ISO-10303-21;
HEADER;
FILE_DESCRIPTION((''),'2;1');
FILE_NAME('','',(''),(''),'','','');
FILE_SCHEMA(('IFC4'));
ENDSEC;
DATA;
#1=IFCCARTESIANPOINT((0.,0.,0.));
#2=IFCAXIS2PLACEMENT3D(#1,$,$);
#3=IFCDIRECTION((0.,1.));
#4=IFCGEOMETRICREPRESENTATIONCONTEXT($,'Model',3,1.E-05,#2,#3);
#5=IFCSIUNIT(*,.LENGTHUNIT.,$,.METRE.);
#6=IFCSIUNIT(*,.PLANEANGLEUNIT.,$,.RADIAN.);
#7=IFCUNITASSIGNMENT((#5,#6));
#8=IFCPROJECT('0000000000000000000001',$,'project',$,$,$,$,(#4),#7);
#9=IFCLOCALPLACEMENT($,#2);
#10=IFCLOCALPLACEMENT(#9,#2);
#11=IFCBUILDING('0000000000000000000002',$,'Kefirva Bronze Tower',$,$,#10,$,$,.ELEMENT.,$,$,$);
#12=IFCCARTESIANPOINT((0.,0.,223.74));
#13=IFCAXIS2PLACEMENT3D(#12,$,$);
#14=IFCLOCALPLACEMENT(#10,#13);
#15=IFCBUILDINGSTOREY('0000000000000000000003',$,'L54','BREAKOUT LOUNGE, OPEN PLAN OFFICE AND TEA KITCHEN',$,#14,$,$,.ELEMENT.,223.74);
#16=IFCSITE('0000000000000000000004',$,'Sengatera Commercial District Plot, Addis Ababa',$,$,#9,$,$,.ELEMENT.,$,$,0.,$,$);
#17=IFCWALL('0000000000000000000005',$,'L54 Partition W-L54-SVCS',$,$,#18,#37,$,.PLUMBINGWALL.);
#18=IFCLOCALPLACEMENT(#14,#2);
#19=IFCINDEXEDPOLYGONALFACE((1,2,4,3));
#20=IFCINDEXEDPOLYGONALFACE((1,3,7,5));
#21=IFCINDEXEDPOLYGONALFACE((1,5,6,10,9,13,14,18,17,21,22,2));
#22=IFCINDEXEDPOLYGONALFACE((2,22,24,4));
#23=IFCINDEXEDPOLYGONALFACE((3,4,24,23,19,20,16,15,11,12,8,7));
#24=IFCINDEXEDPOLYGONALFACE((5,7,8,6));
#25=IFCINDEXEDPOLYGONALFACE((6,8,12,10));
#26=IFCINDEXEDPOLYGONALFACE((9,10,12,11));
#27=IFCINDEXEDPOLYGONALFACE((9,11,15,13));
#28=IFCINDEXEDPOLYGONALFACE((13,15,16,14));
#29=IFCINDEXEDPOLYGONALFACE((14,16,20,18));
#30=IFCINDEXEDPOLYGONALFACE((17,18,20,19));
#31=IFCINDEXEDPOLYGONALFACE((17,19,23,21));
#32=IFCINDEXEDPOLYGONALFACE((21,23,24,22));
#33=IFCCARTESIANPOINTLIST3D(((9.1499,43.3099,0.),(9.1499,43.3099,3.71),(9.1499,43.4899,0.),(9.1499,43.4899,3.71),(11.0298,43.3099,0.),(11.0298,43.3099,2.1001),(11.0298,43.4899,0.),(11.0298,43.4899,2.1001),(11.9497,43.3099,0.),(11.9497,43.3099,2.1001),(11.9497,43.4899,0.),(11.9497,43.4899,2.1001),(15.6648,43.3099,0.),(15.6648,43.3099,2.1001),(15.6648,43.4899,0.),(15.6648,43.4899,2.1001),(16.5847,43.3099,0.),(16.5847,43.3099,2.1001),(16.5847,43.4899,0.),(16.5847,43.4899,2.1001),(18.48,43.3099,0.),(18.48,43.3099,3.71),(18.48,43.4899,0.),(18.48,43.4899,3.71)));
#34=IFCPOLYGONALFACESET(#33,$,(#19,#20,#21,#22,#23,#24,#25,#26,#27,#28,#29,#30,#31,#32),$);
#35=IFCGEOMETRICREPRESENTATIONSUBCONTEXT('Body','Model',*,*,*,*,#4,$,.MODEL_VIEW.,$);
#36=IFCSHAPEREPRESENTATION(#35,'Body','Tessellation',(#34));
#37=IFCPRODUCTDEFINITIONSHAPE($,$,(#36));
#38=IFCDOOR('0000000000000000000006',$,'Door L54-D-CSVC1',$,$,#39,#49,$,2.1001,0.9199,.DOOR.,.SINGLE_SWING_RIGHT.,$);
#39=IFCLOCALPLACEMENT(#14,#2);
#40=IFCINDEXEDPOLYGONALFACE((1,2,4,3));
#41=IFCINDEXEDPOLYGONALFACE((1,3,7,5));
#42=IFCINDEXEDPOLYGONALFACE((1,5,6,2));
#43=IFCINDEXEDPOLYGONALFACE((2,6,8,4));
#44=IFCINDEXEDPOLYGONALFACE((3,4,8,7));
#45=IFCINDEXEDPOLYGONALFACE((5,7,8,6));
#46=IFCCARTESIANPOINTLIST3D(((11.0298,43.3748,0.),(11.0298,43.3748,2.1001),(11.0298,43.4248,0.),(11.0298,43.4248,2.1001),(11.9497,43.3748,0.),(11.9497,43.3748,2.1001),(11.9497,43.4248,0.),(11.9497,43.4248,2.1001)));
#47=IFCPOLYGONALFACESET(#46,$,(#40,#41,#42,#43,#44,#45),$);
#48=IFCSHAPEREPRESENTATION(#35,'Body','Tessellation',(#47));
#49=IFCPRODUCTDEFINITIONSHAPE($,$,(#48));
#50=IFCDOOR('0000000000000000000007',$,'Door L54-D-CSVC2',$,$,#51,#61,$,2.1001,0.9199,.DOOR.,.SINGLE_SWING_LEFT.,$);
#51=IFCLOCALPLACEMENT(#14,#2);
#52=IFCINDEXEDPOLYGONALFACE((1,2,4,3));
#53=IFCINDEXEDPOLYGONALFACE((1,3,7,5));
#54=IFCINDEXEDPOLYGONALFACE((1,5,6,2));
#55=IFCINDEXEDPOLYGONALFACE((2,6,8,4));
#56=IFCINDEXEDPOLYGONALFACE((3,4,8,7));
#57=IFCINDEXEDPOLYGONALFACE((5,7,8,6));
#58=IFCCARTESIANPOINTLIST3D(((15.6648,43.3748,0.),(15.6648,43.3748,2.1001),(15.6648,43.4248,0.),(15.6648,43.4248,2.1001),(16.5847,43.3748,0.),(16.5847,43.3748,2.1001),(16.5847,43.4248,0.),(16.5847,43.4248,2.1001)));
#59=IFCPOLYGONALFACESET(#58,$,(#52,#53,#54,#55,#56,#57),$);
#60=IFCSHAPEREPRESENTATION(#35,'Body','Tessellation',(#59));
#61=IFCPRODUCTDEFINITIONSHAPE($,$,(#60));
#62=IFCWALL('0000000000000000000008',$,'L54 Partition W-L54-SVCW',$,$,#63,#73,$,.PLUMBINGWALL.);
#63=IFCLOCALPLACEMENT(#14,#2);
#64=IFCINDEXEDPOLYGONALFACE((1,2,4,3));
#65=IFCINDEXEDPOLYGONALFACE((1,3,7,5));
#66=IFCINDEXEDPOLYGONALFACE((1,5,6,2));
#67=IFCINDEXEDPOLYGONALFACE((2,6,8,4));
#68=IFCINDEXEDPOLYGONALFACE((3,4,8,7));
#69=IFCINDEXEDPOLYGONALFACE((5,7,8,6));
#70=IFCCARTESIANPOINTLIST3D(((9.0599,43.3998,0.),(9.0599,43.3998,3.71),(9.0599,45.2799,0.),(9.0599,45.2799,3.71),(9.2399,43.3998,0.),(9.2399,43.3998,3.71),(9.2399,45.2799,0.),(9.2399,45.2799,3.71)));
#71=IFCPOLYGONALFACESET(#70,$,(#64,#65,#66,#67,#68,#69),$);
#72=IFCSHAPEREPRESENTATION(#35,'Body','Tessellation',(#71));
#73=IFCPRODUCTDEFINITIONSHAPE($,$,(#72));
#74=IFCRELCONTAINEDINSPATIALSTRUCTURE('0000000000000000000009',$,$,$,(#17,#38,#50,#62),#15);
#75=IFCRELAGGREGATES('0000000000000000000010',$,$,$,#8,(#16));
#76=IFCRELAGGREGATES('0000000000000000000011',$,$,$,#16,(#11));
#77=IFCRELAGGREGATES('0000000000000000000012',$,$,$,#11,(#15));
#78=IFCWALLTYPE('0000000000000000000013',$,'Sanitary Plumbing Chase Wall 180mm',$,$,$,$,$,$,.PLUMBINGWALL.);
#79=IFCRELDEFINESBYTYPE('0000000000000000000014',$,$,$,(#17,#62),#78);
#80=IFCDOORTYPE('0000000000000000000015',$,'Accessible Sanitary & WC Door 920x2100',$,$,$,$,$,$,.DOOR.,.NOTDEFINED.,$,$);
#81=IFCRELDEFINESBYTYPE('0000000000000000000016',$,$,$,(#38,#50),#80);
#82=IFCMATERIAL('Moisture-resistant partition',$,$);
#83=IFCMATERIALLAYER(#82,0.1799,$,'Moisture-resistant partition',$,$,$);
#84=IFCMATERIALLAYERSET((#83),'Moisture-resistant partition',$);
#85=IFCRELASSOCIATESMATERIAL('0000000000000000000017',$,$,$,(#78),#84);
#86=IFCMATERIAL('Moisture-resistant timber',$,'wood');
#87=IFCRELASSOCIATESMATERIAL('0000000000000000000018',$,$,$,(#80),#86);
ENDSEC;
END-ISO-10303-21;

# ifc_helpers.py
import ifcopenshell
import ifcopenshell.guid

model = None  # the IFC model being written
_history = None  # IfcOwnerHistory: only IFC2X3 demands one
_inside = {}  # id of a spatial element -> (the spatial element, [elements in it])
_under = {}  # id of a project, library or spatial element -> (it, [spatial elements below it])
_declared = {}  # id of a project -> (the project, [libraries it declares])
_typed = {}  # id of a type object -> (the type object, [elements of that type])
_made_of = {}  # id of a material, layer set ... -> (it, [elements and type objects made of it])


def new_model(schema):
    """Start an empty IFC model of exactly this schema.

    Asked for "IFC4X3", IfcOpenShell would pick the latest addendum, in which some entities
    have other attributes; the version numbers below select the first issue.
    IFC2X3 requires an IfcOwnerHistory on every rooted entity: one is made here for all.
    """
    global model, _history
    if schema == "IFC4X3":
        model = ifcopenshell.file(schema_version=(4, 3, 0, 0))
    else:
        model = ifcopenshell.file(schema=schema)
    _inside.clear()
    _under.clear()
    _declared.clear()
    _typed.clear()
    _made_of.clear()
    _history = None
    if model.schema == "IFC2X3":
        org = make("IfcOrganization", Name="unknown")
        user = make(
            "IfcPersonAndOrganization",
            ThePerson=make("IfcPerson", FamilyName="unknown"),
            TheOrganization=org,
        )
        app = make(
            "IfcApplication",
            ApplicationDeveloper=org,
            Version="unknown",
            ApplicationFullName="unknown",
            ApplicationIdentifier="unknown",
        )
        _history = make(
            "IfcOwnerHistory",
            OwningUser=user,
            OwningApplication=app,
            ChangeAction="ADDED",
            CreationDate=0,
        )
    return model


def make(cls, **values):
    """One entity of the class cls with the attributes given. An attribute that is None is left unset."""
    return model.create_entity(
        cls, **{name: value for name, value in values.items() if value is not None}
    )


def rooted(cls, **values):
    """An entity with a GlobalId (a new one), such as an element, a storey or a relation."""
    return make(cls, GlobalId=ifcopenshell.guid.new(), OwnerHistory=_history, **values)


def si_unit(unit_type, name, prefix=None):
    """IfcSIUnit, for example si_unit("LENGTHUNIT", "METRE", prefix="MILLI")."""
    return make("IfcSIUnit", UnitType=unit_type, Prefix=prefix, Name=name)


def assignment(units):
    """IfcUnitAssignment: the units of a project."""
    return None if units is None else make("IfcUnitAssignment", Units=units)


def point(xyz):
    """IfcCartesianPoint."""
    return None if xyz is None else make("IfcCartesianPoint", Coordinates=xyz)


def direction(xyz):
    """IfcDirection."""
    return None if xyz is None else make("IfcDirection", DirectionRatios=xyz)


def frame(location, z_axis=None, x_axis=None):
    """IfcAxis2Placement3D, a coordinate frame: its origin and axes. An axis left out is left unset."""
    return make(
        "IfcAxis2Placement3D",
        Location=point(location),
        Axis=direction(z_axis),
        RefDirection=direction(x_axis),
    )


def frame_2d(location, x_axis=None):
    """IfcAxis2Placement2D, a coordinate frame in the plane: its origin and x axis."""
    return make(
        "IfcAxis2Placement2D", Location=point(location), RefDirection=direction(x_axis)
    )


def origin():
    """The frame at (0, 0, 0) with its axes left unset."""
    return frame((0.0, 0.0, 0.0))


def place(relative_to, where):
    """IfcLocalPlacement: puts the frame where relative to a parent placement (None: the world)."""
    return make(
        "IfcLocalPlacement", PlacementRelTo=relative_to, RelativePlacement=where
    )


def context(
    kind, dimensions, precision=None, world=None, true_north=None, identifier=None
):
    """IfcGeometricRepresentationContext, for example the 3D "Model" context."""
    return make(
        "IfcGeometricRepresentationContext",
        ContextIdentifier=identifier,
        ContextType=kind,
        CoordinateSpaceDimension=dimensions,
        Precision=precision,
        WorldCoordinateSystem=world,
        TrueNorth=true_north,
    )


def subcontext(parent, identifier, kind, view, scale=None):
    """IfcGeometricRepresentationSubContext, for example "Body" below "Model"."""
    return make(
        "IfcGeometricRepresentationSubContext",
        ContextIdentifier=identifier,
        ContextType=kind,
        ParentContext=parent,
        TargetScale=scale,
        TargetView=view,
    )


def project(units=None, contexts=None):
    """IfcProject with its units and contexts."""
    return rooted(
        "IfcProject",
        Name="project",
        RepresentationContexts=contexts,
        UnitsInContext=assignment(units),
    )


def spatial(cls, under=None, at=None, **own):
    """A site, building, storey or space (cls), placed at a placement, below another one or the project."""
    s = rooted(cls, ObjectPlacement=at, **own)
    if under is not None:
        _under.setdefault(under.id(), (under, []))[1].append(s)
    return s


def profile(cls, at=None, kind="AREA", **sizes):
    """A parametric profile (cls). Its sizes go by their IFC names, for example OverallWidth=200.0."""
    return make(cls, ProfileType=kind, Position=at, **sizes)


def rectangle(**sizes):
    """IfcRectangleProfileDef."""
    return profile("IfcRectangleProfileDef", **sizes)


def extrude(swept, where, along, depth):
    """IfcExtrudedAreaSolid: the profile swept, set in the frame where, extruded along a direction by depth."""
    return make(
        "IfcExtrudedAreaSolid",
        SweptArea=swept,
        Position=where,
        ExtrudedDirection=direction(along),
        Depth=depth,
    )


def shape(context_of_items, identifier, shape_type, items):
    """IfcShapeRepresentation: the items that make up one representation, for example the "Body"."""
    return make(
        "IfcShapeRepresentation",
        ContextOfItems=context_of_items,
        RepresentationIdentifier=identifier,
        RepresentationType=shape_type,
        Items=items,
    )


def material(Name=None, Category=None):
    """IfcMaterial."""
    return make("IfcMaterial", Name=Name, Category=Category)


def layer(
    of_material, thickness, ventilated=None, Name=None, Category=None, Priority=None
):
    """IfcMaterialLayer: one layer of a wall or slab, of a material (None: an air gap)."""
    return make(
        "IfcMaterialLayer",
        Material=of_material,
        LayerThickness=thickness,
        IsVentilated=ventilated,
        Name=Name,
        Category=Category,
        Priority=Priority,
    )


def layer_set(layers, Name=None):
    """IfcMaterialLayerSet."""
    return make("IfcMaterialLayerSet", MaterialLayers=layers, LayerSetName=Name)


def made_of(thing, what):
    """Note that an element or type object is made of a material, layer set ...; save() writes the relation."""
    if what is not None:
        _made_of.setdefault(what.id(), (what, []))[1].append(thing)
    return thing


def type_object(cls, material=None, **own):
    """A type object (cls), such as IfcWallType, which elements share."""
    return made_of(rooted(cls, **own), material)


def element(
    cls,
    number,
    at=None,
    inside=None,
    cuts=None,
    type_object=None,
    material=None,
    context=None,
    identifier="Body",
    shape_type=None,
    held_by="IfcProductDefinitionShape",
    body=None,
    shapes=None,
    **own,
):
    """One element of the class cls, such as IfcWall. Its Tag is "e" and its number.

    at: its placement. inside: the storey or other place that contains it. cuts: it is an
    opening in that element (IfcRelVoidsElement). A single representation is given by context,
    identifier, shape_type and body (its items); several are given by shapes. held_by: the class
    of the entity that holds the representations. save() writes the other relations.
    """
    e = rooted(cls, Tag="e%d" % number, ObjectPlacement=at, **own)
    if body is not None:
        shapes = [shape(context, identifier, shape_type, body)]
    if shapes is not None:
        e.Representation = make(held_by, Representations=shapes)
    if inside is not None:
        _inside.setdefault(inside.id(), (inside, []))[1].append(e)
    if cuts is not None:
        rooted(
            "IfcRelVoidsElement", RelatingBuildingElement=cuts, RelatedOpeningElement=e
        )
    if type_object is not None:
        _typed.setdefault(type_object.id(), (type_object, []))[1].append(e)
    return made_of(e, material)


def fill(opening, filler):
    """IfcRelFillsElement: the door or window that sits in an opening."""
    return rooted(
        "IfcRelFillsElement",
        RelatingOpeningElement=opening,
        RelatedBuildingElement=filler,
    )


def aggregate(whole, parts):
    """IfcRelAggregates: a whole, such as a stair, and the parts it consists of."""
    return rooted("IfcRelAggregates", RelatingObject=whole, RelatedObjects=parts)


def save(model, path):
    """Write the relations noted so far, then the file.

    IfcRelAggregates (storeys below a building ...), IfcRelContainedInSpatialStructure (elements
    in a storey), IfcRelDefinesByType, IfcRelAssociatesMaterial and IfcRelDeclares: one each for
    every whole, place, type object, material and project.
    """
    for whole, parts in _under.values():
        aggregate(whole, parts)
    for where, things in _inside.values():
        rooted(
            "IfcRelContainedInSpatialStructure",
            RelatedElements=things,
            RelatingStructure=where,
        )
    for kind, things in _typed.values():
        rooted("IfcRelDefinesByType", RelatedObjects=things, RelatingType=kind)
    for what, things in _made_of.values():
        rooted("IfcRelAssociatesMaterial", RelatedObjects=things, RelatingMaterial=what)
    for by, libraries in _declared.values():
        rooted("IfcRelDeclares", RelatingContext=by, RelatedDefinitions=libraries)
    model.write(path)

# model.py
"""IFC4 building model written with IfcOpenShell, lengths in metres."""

from ifc_helpers import new_model, si_unit, direction, frame, frame_2d, origin, place, context, subcontext, project, spatial, rectangle, extrude, material, layer, layer_set, type_object, element, fill, save


model = new_model("IFC4")

# Units and contexts
model_context = context("Model", 3, precision=1e-05, world=origin(), true_north=direction((0.0, 1.0)))
body_context = subcontext(model_context, "Body", "Model", "MODEL_VIEW")
ifc_project = project(units=[si_unit("LENGTHUNIT", "METRE"), si_unit("PLANEANGLEUNIT", "RADIAN")], contexts=[model_context])

# Site, building, storey
site_placement = place(None, origin())
site = spatial("IfcSite", under=ifc_project, at=site_placement, Name="Sengatera Commercial District Plot, Addis Ababa", CompositionType="ELEMENT", RefElevation=0.0)
building_placement = place(site_placement, origin())
building = spatial("IfcBuilding", under=site, at=building_placement, Name="Kefirva Bronze Tower", CompositionType="ELEMENT")
storey_placement = place(building_placement, frame((0.0, 0.0, 223.74)))
storey = spatial("IfcBuildingStorey", under=building, at=storey_placement, Name="L54", Description="BREAKOUT LOUNGE, OPEN PLAN OFFICE AND TEA KITCHEN", CompositionType="ELEMENT", Elevation=223.74)

# Wall, openings, doors
ifc_material_1 = material(Name="Moisture-resistant partition")
ifc_layer_1 = layer(ifc_material_1, 0.1799, Name="Moisture-resistant partition")
ifc_layer_set_1 = layer_set([ifc_layer_1], Name="Moisture-resistant partition")
wall_type_1 = type_object("IfcWallType", Name="Sanitary Plumbing Chase Wall 180mm", PredefinedType="PLUMBINGWALL", material=ifc_layer_set_1)
wall_1_placement = place(storey_placement, frame((9.1499, 43.3999, 0.0), z_axis=(0.0, 0.0, 1.0), x_axis=(1.0, 0.0, 0.0)))
wall_1 = element("IfcWall", 1, at=wall_1_placement, inside=storey, type_object=wall_type_1, Name="L54 Partition W-L54-SVCS", PredefinedType="PLUMBINGWALL", context=body_context, shape_type="SweptSolid", body=[
    extrude(rectangle(XDim=9.3301, YDim=0.1799, at=frame_2d((4.665, 0.0))), origin(), (0.0, 0.0, 1.0), 3.71),
])
opening_1_placement = place(wall_1_placement, frame((1.8799, 0.0, 0.0)))
opening_1 = element("IfcOpeningElement", 2, at=opening_1_placement, cuts=wall_1, PredefinedType="OPENING", context=body_context, shape_type="SweptSolid", body=[
    extrude(rectangle(XDim=0.9199, YDim=2.1001, at=frame_2d((0.46, 1.05))), frame((0.0, 0.1001, 0.0), z_axis=(0.0, -1.0, 0.0), x_axis=(1.0, 0.0, 0.0)), (0.0, 0.0, 1.0), 0.2),
])
opening_2_placement = place(wall_1_placement, frame((6.5149, 0.0, 0.0)))
opening_2 = element("IfcOpeningElement", 3, at=opening_2_placement, cuts=wall_1, PredefinedType="OPENING", context=body_context, shape_type="SweptSolid", body=[
    extrude(rectangle(XDim=0.9199, YDim=2.1001, at=frame_2d((0.46, 1.05))), frame((0.0, 0.1001, 0.0), z_axis=(0.0, -1.0, 0.0), x_axis=(1.0, 0.0, 0.0)), (0.0, 0.0, 1.0), 0.2),
])
ifc_material_2 = material(Name="Moisture-resistant timber", Category="wood")
door_type_1 = type_object("IfcDoorType", Name="Accessible Sanitary & WC Door 920x2100", OperationType="NOTDEFINED", PredefinedType="DOOR", material=ifc_material_2)
door_1_placement = place(opening_1_placement, origin())
door_1 = element("IfcDoor", 4, at=door_1_placement, inside=storey, type_object=door_type_1, Name="Door L54-D-CSVC1", OperationType="SINGLE_SWING_RIGHT", OverallHeight=2.1001, OverallWidth=0.9199, PredefinedType="DOOR", context=body_context, shape_type="SweptSolid", body=[
    extrude(rectangle(XDim=0.9199, YDim=2.1001, at=frame_2d((0.46, 1.05))), frame((0.0, 0.0249, 0.0), z_axis=(0.0, -1.0, 0.0), x_axis=(1.0, 0.0, 0.0)), (0.0, 0.0, 1.0), 0.05),
])
fill(opening_1, door_1)
door_2_placement = place(opening_2_placement, origin())
door_2 = element("IfcDoor", 5, at=door_2_placement, inside=storey, type_object=door_type_1, Name="Door L54-D-CSVC2", OperationType="SINGLE_SWING_LEFT", OverallHeight=2.1001, OverallWidth=0.9199, PredefinedType="DOOR", context=body_context, shape_type="SweptSolid", body=[
    extrude(rectangle(XDim=0.9199, YDim=2.1001, at=frame_2d((0.46, 1.05))), frame((0.0, 0.0249, 0.0), z_axis=(0.0, -1.0, 0.0), x_axis=(1.0, 0.0, 0.0)), (0.0, 0.0, 1.0), 0.05),
])
fill(opening_2, door_2)

# Wall
wall_2_placement = place(storey_placement, frame((9.1499, 43.3999, 0.0), z_axis=(0.0, 0.0, 1.0), x_axis=(0.0, 1.0, 0.0)))
element("IfcWall", 6, at=wall_2_placement, inside=storey, type_object=wall_type_1, Name="L54 Partition W-L54-SVCW", PredefinedType="PLUMBINGWALL", context=body_context, shape_type="SweptSolid", body=[
    extrude(rectangle(XDim=1.8801, YDim=0.1799, at=frame_2d((0.9399, 0.0))), origin(), (0.0, 0.0, 1.0), 3.71),
])

save(model, "model.ifc")
